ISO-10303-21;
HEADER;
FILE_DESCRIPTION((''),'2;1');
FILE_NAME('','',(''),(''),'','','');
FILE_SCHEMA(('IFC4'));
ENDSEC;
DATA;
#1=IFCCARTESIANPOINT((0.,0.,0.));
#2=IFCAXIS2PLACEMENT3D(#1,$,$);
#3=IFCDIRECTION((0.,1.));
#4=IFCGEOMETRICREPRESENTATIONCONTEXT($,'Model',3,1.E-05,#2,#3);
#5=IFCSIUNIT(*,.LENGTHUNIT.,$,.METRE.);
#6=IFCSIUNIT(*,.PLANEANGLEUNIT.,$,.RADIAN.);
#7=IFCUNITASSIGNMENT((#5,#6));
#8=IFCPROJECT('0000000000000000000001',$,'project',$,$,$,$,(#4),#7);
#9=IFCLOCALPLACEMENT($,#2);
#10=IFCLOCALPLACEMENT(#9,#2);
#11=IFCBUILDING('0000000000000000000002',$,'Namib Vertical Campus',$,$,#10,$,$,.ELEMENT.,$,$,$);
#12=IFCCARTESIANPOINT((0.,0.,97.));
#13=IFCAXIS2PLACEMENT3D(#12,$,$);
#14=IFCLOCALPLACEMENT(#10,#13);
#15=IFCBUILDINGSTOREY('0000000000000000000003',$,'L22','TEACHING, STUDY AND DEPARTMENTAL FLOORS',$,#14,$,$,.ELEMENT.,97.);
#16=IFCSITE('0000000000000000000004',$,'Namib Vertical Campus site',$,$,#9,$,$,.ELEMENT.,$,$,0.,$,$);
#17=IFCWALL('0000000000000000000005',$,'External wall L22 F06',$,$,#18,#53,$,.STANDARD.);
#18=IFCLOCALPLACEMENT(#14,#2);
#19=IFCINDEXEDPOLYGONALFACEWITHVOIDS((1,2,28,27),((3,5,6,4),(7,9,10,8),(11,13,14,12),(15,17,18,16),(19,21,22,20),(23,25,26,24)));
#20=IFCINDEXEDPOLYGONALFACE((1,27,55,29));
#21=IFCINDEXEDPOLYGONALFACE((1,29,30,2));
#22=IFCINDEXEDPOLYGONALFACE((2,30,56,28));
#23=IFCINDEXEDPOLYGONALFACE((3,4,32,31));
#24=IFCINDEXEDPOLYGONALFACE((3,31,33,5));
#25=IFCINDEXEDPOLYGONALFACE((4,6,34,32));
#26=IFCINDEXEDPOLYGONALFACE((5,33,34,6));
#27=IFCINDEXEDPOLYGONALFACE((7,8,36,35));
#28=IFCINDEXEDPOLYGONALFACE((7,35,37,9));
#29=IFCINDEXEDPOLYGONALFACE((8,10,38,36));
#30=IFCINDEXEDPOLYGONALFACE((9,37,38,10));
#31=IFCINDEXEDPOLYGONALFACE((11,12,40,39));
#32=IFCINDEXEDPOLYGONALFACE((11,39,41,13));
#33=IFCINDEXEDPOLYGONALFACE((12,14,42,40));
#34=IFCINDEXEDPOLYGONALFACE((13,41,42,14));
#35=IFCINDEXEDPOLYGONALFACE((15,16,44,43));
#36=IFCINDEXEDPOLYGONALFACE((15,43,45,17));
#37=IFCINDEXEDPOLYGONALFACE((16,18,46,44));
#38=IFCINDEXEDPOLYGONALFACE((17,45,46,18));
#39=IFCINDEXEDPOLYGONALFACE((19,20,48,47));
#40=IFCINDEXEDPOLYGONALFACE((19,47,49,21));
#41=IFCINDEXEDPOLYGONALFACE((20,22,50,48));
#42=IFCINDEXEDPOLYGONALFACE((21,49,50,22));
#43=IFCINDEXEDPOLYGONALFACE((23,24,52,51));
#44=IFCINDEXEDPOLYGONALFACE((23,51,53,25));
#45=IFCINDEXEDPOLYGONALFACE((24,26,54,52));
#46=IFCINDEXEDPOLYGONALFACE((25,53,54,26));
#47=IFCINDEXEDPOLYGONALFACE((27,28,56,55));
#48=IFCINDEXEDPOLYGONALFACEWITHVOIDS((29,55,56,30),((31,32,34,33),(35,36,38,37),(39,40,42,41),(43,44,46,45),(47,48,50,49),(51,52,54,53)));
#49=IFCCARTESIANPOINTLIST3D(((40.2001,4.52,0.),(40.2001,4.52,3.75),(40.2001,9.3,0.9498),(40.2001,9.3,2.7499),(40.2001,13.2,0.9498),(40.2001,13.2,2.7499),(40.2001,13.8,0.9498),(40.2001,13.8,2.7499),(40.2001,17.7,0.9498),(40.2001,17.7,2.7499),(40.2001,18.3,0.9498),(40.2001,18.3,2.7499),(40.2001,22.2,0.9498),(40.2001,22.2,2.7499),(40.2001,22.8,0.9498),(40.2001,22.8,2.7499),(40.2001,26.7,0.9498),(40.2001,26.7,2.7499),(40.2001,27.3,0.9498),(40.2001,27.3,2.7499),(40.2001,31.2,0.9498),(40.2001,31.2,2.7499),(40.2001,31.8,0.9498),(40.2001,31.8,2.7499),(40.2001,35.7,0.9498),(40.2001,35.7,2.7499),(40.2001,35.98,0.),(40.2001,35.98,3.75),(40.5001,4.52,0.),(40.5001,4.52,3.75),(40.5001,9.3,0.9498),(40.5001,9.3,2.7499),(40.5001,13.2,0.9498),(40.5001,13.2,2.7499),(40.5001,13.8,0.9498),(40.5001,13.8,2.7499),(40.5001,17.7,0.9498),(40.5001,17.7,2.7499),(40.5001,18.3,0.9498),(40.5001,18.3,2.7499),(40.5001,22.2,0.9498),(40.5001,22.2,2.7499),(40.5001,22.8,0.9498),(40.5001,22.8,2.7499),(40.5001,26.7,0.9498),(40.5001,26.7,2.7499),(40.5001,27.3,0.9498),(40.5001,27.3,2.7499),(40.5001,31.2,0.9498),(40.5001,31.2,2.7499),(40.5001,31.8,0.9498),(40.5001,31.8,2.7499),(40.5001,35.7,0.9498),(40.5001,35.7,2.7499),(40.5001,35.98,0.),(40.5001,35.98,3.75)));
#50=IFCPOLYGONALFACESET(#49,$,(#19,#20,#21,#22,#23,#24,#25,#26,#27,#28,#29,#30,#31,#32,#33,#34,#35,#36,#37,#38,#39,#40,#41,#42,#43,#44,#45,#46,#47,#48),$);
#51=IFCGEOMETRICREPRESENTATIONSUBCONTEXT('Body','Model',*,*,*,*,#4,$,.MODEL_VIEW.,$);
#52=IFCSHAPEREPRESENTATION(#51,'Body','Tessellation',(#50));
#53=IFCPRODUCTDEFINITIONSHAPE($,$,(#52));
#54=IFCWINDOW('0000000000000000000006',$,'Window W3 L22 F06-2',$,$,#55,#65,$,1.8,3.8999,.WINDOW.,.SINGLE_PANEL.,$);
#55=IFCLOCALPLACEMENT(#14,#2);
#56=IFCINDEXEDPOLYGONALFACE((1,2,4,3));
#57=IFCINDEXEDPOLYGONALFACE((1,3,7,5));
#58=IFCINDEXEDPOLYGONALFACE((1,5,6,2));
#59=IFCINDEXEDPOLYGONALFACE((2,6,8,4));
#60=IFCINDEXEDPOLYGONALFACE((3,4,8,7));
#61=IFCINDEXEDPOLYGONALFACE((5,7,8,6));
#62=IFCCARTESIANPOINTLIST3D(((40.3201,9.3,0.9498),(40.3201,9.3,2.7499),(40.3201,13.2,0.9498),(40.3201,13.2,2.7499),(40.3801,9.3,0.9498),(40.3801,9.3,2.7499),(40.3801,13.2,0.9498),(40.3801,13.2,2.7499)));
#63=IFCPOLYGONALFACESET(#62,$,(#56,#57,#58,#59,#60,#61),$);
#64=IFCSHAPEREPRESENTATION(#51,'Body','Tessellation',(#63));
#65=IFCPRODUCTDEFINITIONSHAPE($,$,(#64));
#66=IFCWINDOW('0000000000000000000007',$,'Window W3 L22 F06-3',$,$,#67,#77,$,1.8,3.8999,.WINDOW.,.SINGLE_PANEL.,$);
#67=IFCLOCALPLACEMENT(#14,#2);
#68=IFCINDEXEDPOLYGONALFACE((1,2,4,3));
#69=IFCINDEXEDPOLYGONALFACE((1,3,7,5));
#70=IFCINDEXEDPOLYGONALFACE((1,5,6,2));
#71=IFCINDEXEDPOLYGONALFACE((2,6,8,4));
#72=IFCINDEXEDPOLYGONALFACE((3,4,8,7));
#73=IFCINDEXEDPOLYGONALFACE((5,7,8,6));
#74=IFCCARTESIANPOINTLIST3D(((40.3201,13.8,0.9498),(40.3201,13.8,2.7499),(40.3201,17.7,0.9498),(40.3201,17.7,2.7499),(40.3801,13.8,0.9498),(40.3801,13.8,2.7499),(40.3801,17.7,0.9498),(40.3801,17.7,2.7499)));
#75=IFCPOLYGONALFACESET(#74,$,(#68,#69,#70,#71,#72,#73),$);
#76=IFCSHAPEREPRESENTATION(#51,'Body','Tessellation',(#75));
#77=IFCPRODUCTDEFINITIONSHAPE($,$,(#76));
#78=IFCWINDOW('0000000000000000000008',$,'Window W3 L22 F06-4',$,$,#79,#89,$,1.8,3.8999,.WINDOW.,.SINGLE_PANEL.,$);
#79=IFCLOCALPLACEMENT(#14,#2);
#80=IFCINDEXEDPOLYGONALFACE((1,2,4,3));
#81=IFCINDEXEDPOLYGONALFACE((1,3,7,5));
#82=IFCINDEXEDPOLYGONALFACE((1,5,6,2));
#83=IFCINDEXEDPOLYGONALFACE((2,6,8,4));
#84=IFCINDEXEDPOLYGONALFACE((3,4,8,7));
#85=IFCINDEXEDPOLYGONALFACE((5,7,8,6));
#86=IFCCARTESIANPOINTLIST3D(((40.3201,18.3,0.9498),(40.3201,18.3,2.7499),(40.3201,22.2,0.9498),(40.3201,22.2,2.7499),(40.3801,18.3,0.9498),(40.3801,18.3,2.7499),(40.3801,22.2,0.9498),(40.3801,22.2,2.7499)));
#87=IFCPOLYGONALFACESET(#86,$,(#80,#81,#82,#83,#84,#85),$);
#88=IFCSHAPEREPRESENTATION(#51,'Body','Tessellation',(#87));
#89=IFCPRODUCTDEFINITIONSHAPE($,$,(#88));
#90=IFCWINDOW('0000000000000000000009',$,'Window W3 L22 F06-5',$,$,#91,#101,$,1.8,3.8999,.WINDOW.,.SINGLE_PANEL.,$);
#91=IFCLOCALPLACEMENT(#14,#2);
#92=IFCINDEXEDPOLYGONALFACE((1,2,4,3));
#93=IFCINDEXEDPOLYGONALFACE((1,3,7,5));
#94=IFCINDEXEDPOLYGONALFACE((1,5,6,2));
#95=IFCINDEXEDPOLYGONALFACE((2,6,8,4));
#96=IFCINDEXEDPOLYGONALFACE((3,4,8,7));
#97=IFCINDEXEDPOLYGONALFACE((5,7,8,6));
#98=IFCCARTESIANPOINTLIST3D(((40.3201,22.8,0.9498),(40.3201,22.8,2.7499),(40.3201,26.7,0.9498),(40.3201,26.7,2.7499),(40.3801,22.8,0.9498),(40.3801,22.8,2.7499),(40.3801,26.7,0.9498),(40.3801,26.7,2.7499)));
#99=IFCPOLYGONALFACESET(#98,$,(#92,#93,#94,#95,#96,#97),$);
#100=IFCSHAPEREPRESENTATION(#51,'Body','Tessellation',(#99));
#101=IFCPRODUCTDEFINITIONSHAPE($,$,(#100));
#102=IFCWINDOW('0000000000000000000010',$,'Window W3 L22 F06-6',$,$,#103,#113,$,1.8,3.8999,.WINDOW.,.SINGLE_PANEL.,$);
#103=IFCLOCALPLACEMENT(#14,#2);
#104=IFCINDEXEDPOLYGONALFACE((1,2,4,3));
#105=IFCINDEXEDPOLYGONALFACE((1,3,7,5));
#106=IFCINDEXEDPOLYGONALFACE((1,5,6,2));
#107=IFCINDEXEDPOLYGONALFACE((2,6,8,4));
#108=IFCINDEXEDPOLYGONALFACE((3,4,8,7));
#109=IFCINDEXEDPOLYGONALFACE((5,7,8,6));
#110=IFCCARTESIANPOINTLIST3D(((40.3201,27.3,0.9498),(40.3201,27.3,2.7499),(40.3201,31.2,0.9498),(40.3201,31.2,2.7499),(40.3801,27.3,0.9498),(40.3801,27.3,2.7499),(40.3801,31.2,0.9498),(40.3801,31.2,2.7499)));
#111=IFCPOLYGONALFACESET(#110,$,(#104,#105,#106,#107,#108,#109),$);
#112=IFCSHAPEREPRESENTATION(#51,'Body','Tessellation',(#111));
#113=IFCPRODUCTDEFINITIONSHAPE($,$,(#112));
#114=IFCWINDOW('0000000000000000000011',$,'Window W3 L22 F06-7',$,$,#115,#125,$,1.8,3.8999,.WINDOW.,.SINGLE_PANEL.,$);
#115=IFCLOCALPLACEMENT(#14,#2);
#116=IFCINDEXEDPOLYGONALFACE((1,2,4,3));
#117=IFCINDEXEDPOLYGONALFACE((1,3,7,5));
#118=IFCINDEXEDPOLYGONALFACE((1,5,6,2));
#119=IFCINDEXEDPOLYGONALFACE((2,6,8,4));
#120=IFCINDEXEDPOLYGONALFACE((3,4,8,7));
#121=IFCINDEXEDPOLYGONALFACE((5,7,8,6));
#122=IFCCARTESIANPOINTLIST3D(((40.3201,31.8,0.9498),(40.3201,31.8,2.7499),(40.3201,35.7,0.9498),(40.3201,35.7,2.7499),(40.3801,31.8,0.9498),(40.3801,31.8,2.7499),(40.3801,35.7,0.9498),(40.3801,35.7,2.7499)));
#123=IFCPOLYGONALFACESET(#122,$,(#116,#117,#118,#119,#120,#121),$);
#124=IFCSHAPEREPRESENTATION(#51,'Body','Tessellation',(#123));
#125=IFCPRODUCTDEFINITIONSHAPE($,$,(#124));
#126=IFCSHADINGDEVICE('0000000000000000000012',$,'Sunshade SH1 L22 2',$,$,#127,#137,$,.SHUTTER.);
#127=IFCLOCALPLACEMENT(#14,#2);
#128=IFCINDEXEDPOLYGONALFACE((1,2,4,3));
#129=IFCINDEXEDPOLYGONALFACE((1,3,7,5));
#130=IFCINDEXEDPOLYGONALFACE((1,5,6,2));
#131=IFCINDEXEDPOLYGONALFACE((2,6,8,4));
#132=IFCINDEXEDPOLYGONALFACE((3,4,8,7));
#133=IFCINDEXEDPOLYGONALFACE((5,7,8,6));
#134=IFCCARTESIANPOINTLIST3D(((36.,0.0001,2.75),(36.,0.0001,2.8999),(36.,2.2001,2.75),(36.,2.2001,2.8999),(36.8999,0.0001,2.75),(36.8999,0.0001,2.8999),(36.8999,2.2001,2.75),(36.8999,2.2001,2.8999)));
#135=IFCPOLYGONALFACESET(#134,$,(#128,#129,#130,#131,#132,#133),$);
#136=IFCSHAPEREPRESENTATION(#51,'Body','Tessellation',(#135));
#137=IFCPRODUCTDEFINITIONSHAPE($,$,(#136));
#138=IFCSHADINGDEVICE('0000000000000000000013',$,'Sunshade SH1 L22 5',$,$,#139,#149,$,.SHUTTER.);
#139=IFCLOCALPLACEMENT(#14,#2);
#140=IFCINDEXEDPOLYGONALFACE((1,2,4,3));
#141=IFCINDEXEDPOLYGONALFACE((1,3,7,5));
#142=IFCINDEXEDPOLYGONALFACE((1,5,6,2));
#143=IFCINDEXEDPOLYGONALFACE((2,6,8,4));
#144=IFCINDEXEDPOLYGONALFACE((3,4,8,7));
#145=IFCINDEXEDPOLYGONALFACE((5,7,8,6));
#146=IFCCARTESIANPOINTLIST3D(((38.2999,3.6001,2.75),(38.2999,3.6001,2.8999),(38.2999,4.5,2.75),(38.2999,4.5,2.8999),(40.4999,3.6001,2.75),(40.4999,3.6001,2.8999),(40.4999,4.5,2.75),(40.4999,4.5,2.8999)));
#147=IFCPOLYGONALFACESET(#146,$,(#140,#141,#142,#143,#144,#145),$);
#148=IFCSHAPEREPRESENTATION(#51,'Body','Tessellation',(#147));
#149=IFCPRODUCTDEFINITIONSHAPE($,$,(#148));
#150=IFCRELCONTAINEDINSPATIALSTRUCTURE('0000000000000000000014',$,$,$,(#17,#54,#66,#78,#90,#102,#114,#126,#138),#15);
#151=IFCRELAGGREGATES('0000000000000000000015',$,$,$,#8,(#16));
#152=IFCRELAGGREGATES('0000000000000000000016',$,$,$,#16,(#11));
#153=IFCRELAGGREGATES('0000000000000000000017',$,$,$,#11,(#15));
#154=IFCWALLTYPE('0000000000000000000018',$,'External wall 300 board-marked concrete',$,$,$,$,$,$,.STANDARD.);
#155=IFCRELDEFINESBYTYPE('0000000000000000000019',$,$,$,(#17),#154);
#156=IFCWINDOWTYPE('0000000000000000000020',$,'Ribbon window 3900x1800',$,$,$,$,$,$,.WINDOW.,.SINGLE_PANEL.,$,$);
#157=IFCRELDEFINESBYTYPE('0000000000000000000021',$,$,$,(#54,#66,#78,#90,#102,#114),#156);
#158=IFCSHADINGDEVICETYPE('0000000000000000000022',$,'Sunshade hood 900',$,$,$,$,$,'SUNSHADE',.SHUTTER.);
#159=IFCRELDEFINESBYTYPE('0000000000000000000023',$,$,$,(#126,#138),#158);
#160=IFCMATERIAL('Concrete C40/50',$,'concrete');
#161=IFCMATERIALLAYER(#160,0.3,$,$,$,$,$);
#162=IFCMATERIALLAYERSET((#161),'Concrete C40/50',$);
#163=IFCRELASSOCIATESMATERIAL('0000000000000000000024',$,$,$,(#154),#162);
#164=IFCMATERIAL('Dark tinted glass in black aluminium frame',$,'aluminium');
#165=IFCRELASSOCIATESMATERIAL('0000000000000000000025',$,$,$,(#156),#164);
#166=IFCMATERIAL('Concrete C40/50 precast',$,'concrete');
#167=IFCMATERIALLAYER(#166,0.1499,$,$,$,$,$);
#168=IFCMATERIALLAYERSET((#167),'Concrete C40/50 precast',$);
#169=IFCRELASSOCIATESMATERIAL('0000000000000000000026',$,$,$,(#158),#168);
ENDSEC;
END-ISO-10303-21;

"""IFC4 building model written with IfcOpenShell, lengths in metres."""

from ifc_helpers import new_model, si_unit, direction, frame, frame_2d, origin, origin_2d, place, context, subcontext, project, spatial, rectangle, extrude, material, layer, layer_set, type_object, element, fill, save


model = new_model("IFC4")

# Units and contexts
model_context = context("Model", 3, precision=1e-05, world=origin(), true_north=direction((0.0, 1.0)))
body_context = subcontext(model_context, "Body", "Model", "MODEL_VIEW")
ifc_project = project(units=[si_unit("LENGTHUNIT", "METRE"), si_unit("PLANEANGLEUNIT", "RADIAN")], contexts=[model_context])

# Site, building, storey
site_placement = place(None, origin())
site = spatial("IfcSite", under=ifc_project, at=site_placement, Name="Namib Vertical Campus site", CompositionType="ELEMENT", RefElevation=0.0)
building_placement = place(site_placement, origin())
building = spatial("IfcBuilding", under=site, at=building_placement, Name="Namib Vertical Campus", CompositionType="ELEMENT")
storey_placement = place(building_placement, frame((0.0, 0.0, 97.0)))
storey = spatial("IfcBuildingStorey", under=building, at=storey_placement, Name="L22", Description="TEACHING, STUDY AND DEPARTMENTAL FLOORS", CompositionType="ELEMENT", Elevation=97.0)

# Shared definitions
ifc_material_1 = material(Name="Concrete C40/50", Category="concrete")
ifc_layer_1 = layer(ifc_material_1, 0.3)
ifc_layer_set_1 = layer_set([ifc_layer_1], Name="Concrete C40/50")
wall_type_1 = type_object("IfcWallType", Name="External wall 300 board-marked concrete", PredefinedType="STANDARD", material=ifc_layer_set_1)

# Wall, openings, windows
wall_1_placement = place(storey_placement, frame((40.3501, 4.52, 0.0), z_axis=(0.0, 0.0, 1.0), x_axis=(0.0, 1.0, 0.0)))
wall_1 = element("IfcWall", 1, at=wall_1_placement, inside=storey, type_object=wall_type_1, Name="External wall L22 F06", PredefinedType="STANDARD", context=body_context, shape_type="SweptSolid", body=[
    extrude(rectangle(XDim=31.46, YDim=0.3, at=frame_2d((15.73, 0.0))), origin(), (0.0, 0.0, 1.0), 3.75),
])
opening_1_placement = place(wall_1_placement, frame((4.78, 0.0, 0.95)))
opening_1 = element("IfcOpeningElement", 2, at=opening_1_placement, cuts=wall_1, PredefinedType="OPENING", context=body_context, shape_type="SweptSolid", body=[
    extrude(rectangle(XDim=3.8999, YDim=1.8, at=frame_2d((1.95, 0.8999))), frame((0.0, 0.1599, 0.0), z_axis=(0.0, -1.0, 0.0), x_axis=(1.0, 0.0, 0.0)), (0.0, 0.0, 1.0), 0.3201),
])
opening_2_placement = place(wall_1_placement, frame((9.28, 0.0, 0.95)))
opening_2 = element("IfcOpeningElement", 3, at=opening_2_placement, cuts=wall_1, PredefinedType="OPENING", context=body_context, shape_type="SweptSolid", body=[
    extrude(rectangle(XDim=3.8999, YDim=1.8, at=frame_2d((1.95, 0.8999))), frame((0.0, 0.1599, 0.0), z_axis=(0.0, -1.0, 0.0), x_axis=(1.0, 0.0, 0.0)), (0.0, 0.0, 1.0), 0.3201),
])
opening_3_placement = place(wall_1_placement, frame((13.78, 0.0, 0.95)))
opening_3 = element("IfcOpeningElement", 4, at=opening_3_placement, cuts=wall_1, PredefinedType="OPENING", context=body_context, shape_type="SweptSolid", body=[
    extrude(rectangle(XDim=3.8999, YDim=1.8, at=frame_2d((1.95, 0.8999))), frame((0.0, 0.1599, 0.0), z_axis=(0.0, -1.0, 0.0), x_axis=(1.0, 0.0, 0.0)), (0.0, 0.0, 1.0), 0.3201),
])
opening_4_placement = place(wall_1_placement, frame((18.28, 0.0, 0.95)))
opening_4 = element("IfcOpeningElement", 5, at=opening_4_placement, cuts=wall_1, PredefinedType="OPENING", context=body_context, shape_type="SweptSolid", body=[
    extrude(rectangle(XDim=3.8999, YDim=1.8, at=frame_2d((1.95, 0.8999))), frame((0.0, 0.1599, 0.0), z_axis=(0.0, -1.0, 0.0), x_axis=(1.0, 0.0, 0.0)), (0.0, 0.0, 1.0), 0.3201),
])
opening_5_placement = place(wall_1_placement, frame((22.78, 0.0, 0.95)))
opening_5 = element("IfcOpeningElement", 6, at=opening_5_placement, cuts=wall_1, PredefinedType="OPENING", context=body_context, shape_type="SweptSolid", body=[
    extrude(rectangle(XDim=3.8999, YDim=1.8, at=frame_2d((1.95, 0.8999))), frame((0.0, 0.1599, 0.0), z_axis=(0.0, -1.0, 0.0), x_axis=(1.0, 0.0, 0.0)), (0.0, 0.0, 1.0), 0.3201),
])
opening_6_placement = place(wall_1_placement, frame((27.28, 0.0, 0.95)))
opening_6 = element("IfcOpeningElement", 7, at=opening_6_placement, cuts=wall_1, PredefinedType="OPENING", context=body_context, shape_type="SweptSolid", body=[
    extrude(rectangle(XDim=3.8999, YDim=1.8, at=frame_2d((1.95, 0.8999))), frame((0.0, 0.1599, 0.0), z_axis=(0.0, -1.0, 0.0), x_axis=(1.0, 0.0, 0.0)), (0.0, 0.0, 1.0), 0.3201),
])
ifc_material_2 = material(Name="Dark tinted glass in black aluminium frame", Category="aluminium")
window_type = type_object("IfcWindowType", Name="Ribbon window 3900x1800", PartitioningType="SINGLE_PANEL", PredefinedType="WINDOW", material=ifc_material_2)
window_1_placement = place(opening_1_placement, origin())
window_1 = element("IfcWindow", 8, at=window_1_placement, inside=storey, type_object=window_type, Name="Window W3 L22 F06-2", OverallHeight=1.8, OverallWidth=3.8999, PartitioningType="SINGLE_PANEL", PredefinedType="WINDOW", context=body_context, shape_type="SweptSolid", body=[
    extrude(rectangle(XDim=3.8999, YDim=1.8, at=frame_2d((1.95, 0.8999))), frame((0.0, 0.03, 0.0), z_axis=(0.0, -1.0, 0.0), x_axis=(1.0, 0.0, 0.0)), (0.0, 0.0, 1.0), 0.0601),
])
fill(opening_1, window_1)
window_2_placement = place(opening_2_placement, origin())
window_2 = element("IfcWindow", 9, at=window_2_placement, inside=storey, type_object=window_type, Name="Window W3 L22 F06-3", OverallHeight=1.8, OverallWidth=3.8999, PartitioningType="SINGLE_PANEL", PredefinedType="WINDOW", context=body_context, shape_type="SweptSolid", body=[
    extrude(rectangle(XDim=3.8999, YDim=1.8, at=frame_2d((1.95, 0.8999))), frame((0.0, 0.03, 0.0), z_axis=(0.0, -1.0, 0.0), x_axis=(1.0, 0.0, 0.0)), (0.0, 0.0, 1.0), 0.0601),
])
fill(opening_2, window_2)
window_3_placement = place(opening_3_placement, origin())
window_3 = element("IfcWindow", 10, at=window_3_placement, inside=storey, type_object=window_type, Name="Window W3 L22 F06-4", OverallHeight=1.8, OverallWidth=3.8999, PartitioningType="SINGLE_PANEL", PredefinedType="WINDOW", context=body_context, shape_type="SweptSolid", body=[
    extrude(rectangle(XDim=3.8999, YDim=1.8, at=frame_2d((1.95, 0.8999))), frame((0.0, 0.03, 0.0), z_axis=(0.0, -1.0, 0.0), x_axis=(1.0, 0.0, 0.0)), (0.0, 0.0, 1.0), 0.0601),
])
fill(opening_3, window_3)
window_4_placement = place(opening_4_placement, origin())
window_4 = element("IfcWindow", 11, at=window_4_placement, inside=storey, type_object=window_type, Name="Window W3 L22 F06-5", OverallHeight=1.8, OverallWidth=3.8999, PartitioningType="SINGLE_PANEL", PredefinedType="WINDOW", context=body_context, shape_type="SweptSolid", body=[
    extrude(rectangle(XDim=3.8999, YDim=1.8, at=frame_2d((1.95, 0.8999))), frame((0.0, 0.03, 0.0), z_axis=(0.0, -1.0, 0.0), x_axis=(1.0, 0.0, 0.0)), (0.0, 0.0, 1.0), 0.0601),
])
fill(opening_4, window_4)
window_5_placement = place(opening_5_placement, origin())
window_5 = element("IfcWindow", 12, at=window_5_placement, inside=storey, type_object=window_type, Name="Window W3 L22 F06-6", OverallHeight=1.8, OverallWidth=3.8999, PartitioningType="SINGLE_PANEL", PredefinedType="WINDOW", context=body_context, shape_type="SweptSolid", body=[
    extrude(rectangle(XDim=3.8999, YDim=1.8, at=frame_2d((1.95, 0.8999))), frame((0.0, 0.03, 0.0), z_axis=(0.0, -1.0, 0.0), x_axis=(1.0, 0.0, 0.0)), (0.0, 0.0, 1.0), 0.0601),
])
fill(opening_5, window_5)
window_6_placement = place(opening_6_placement, origin())
window_6 = element("IfcWindow", 13, at=window_6_placement, inside=storey, type_object=window_type, Name="Window W3 L22 F06-7", OverallHeight=1.8, OverallWidth=3.8999, PartitioningType="SINGLE_PANEL", PredefinedType="WINDOW", context=body_context, shape_type="SweptSolid", body=[
    extrude(rectangle(XDim=3.8999, YDim=1.8, at=frame_2d((1.95, 0.8999))), frame((0.0, 0.03, 0.0), z_axis=(0.0, -1.0, 0.0), x_axis=(1.0, 0.0, 0.0)), (0.0, 0.0, 1.0), 0.0601),
])
fill(opening_6, window_6)

# Shading devices
ifc_material_3 = material(Name="Concrete C40/50 precast", Category="concrete")
ifc_layer_2 = layer(ifc_material_3, 0.1499)
ifc_layer_set_2 = layer_set([ifc_layer_2], Name="Concrete C40/50 precast")
shading_device_type = type_object("IfcShadingDeviceType", Name="Sunshade hood 900", ElementType="SUNSHADE", PredefinedType="SHUTTER", material=ifc_layer_set_2)
for number, where, z_axis, x_axis, name in (
    (14, (36.45, 1.1001, 2.75), (0.0, 0.0, 1.0), (0.0, 1.0, 0.0), "Sunshade SH1 L22 2"),
    (15, (39.3999, 4.05, 2.75), (0.0, 0.0, 1.0), (1.0, 0.0, 0.0), "Sunshade SH1 L22 5"),
):
    element("IfcShadingDevice", number, at=place(storey_placement, frame(where, z_axis=z_axis, x_axis=x_axis)), inside=storey, type_object=shading_device_type, Name=name, PredefinedType="SHUTTER", context=body_context, shape_type="SweptSolid", body=[
        extrude(rectangle(XDim=2.2, YDim=0.8999, at=origin_2d()), origin(), (0.0, 0.0, 1.0), 0.1499),
    ])

save(model, "model.ifc")
